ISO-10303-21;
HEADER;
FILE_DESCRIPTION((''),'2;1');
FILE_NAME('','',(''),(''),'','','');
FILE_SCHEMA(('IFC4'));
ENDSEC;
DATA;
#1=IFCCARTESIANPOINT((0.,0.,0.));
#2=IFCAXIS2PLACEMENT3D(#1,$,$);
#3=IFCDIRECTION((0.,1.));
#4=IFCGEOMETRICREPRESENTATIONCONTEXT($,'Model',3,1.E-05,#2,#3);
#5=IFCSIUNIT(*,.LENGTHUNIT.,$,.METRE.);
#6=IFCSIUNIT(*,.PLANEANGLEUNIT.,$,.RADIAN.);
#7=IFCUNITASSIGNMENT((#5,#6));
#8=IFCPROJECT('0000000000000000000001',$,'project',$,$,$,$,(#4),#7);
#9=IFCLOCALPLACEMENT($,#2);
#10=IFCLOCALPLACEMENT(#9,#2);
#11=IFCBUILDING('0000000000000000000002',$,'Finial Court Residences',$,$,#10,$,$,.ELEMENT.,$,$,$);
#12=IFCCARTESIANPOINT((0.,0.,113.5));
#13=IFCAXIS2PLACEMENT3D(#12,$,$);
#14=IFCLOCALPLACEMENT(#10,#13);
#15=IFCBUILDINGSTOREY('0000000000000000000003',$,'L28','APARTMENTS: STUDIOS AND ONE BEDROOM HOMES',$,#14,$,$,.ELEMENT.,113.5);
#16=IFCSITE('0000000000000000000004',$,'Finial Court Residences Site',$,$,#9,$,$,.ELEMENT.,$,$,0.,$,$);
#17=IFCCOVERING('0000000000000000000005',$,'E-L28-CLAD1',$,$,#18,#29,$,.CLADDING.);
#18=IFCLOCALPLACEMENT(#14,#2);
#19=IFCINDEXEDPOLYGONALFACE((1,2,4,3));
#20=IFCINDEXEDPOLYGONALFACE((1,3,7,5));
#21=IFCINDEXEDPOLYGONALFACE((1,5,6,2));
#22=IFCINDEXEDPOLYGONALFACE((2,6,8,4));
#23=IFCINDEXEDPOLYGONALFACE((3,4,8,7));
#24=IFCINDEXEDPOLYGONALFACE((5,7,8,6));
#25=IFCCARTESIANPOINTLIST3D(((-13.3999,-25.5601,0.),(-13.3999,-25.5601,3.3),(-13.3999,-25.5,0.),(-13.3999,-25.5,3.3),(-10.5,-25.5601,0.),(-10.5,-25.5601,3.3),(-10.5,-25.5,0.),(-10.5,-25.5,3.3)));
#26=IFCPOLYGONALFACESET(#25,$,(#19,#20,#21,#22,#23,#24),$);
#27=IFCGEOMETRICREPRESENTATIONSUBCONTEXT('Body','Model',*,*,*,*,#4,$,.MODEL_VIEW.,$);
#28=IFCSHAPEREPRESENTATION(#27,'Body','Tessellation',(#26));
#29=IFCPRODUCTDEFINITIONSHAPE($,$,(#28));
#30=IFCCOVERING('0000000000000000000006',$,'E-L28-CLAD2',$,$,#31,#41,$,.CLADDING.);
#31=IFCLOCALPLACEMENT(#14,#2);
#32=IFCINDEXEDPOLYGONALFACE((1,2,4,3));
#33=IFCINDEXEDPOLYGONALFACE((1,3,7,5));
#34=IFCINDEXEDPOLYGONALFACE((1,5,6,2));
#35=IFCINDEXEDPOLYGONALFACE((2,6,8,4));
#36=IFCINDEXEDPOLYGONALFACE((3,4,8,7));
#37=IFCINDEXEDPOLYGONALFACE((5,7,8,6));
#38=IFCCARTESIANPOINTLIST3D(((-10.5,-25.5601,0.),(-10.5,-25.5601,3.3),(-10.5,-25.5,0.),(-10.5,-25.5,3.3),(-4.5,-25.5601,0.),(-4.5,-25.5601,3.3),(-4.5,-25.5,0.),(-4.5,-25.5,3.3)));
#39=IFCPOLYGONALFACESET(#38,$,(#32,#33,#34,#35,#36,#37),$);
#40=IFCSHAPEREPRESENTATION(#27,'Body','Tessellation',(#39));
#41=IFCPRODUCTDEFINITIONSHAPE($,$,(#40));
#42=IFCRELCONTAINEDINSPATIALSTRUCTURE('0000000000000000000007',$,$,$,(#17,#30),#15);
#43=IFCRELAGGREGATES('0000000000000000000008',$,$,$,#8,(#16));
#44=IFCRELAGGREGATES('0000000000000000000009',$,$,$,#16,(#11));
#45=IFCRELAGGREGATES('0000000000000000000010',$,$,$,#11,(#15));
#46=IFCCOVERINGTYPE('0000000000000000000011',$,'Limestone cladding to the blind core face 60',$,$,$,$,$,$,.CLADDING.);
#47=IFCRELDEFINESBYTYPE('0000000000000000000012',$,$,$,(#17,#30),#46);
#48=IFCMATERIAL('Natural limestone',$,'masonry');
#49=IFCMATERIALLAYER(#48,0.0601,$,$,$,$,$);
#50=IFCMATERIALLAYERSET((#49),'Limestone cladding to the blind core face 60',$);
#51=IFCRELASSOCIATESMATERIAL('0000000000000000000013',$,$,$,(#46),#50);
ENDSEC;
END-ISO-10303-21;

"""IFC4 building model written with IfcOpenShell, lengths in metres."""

from ifc_helpers import new_model, si_unit, direction, frame, origin, place, context, subcontext, project, spatial, polyline, outline, extrude, material, layer, layer_set, type_object, element, save


model = new_model("IFC4")

# Units and contexts
model_context = context("Model", 3, precision=1e-05, world=origin(), true_north=direction((0.0, 1.0)))
body_context = subcontext(model_context, "Body", "Model", "MODEL_VIEW")
ifc_project = project(units=[si_unit("LENGTHUNIT", "METRE"), si_unit("PLANEANGLEUNIT", "RADIAN")], contexts=[model_context])

# Site, building, storey
site_placement = place(None, origin())
site = spatial("IfcSite", under=ifc_project, at=site_placement, Name="Finial Court Residences Site", CompositionType="ELEMENT", RefElevation=0.0)
building_placement = place(site_placement, origin())
building = spatial("IfcBuilding", under=site, at=building_placement, Name="Finial Court Residences", CompositionType="ELEMENT")
storey_placement = place(building_placement, frame((0.0, 0.0, 113.5)))
storey = spatial("IfcBuildingStorey", under=building, at=storey_placement, Name="L28", Description="APARTMENTS: STUDIOS AND ONE BEDROOM HOMES", CompositionType="ELEMENT", Elevation=113.5)

# Coverings
ifc_material_1 = material(Name="Natural limestone", Category="masonry")
ifc_layer_1 = layer(ifc_material_1, 0.0601)
ifc_layer_set_1 = layer_set([ifc_layer_1], Name="Limestone cladding to the blind core face 60")
covering_type = type_object("IfcCoveringType", Name="Limestone cladding to the blind core face 60", PredefinedType="CLADDING", material=ifc_layer_set_1)
covering_1_placement = place(storey_placement, origin())
element("IfcCovering", 1, at=covering_1_placement, inside=storey, type_object=covering_type, Name="E-L28-CLAD1", PredefinedType="CLADDING", context=body_context, shape_type="SweptSolid", body=[
    extrude(outline(polyline([(-10.5, -25.5601), (-10.5, -25.5), (-13.3999, -25.5), (-13.3999, -25.5601), (-10.5, -25.5601)])), origin(), (0.0, 0.0, 1.0), 3.3),
])
covering_2_placement = place(storey_placement, origin())
element("IfcCovering", 2, at=covering_2_placement, inside=storey, type_object=covering_type, Name="E-L28-CLAD2", PredefinedType="CLADDING", context=body_context, shape_type="SweptSolid", body=[
    extrude(outline(polyline([(-4.5, -25.5601), (-4.5, -25.5), (-10.5, -25.5), (-10.5, -25.5601), (-4.5, -25.5601)])), origin(), (0.0, 0.0, 1.0), 3.3),
])

save(model, "model.ifc")
